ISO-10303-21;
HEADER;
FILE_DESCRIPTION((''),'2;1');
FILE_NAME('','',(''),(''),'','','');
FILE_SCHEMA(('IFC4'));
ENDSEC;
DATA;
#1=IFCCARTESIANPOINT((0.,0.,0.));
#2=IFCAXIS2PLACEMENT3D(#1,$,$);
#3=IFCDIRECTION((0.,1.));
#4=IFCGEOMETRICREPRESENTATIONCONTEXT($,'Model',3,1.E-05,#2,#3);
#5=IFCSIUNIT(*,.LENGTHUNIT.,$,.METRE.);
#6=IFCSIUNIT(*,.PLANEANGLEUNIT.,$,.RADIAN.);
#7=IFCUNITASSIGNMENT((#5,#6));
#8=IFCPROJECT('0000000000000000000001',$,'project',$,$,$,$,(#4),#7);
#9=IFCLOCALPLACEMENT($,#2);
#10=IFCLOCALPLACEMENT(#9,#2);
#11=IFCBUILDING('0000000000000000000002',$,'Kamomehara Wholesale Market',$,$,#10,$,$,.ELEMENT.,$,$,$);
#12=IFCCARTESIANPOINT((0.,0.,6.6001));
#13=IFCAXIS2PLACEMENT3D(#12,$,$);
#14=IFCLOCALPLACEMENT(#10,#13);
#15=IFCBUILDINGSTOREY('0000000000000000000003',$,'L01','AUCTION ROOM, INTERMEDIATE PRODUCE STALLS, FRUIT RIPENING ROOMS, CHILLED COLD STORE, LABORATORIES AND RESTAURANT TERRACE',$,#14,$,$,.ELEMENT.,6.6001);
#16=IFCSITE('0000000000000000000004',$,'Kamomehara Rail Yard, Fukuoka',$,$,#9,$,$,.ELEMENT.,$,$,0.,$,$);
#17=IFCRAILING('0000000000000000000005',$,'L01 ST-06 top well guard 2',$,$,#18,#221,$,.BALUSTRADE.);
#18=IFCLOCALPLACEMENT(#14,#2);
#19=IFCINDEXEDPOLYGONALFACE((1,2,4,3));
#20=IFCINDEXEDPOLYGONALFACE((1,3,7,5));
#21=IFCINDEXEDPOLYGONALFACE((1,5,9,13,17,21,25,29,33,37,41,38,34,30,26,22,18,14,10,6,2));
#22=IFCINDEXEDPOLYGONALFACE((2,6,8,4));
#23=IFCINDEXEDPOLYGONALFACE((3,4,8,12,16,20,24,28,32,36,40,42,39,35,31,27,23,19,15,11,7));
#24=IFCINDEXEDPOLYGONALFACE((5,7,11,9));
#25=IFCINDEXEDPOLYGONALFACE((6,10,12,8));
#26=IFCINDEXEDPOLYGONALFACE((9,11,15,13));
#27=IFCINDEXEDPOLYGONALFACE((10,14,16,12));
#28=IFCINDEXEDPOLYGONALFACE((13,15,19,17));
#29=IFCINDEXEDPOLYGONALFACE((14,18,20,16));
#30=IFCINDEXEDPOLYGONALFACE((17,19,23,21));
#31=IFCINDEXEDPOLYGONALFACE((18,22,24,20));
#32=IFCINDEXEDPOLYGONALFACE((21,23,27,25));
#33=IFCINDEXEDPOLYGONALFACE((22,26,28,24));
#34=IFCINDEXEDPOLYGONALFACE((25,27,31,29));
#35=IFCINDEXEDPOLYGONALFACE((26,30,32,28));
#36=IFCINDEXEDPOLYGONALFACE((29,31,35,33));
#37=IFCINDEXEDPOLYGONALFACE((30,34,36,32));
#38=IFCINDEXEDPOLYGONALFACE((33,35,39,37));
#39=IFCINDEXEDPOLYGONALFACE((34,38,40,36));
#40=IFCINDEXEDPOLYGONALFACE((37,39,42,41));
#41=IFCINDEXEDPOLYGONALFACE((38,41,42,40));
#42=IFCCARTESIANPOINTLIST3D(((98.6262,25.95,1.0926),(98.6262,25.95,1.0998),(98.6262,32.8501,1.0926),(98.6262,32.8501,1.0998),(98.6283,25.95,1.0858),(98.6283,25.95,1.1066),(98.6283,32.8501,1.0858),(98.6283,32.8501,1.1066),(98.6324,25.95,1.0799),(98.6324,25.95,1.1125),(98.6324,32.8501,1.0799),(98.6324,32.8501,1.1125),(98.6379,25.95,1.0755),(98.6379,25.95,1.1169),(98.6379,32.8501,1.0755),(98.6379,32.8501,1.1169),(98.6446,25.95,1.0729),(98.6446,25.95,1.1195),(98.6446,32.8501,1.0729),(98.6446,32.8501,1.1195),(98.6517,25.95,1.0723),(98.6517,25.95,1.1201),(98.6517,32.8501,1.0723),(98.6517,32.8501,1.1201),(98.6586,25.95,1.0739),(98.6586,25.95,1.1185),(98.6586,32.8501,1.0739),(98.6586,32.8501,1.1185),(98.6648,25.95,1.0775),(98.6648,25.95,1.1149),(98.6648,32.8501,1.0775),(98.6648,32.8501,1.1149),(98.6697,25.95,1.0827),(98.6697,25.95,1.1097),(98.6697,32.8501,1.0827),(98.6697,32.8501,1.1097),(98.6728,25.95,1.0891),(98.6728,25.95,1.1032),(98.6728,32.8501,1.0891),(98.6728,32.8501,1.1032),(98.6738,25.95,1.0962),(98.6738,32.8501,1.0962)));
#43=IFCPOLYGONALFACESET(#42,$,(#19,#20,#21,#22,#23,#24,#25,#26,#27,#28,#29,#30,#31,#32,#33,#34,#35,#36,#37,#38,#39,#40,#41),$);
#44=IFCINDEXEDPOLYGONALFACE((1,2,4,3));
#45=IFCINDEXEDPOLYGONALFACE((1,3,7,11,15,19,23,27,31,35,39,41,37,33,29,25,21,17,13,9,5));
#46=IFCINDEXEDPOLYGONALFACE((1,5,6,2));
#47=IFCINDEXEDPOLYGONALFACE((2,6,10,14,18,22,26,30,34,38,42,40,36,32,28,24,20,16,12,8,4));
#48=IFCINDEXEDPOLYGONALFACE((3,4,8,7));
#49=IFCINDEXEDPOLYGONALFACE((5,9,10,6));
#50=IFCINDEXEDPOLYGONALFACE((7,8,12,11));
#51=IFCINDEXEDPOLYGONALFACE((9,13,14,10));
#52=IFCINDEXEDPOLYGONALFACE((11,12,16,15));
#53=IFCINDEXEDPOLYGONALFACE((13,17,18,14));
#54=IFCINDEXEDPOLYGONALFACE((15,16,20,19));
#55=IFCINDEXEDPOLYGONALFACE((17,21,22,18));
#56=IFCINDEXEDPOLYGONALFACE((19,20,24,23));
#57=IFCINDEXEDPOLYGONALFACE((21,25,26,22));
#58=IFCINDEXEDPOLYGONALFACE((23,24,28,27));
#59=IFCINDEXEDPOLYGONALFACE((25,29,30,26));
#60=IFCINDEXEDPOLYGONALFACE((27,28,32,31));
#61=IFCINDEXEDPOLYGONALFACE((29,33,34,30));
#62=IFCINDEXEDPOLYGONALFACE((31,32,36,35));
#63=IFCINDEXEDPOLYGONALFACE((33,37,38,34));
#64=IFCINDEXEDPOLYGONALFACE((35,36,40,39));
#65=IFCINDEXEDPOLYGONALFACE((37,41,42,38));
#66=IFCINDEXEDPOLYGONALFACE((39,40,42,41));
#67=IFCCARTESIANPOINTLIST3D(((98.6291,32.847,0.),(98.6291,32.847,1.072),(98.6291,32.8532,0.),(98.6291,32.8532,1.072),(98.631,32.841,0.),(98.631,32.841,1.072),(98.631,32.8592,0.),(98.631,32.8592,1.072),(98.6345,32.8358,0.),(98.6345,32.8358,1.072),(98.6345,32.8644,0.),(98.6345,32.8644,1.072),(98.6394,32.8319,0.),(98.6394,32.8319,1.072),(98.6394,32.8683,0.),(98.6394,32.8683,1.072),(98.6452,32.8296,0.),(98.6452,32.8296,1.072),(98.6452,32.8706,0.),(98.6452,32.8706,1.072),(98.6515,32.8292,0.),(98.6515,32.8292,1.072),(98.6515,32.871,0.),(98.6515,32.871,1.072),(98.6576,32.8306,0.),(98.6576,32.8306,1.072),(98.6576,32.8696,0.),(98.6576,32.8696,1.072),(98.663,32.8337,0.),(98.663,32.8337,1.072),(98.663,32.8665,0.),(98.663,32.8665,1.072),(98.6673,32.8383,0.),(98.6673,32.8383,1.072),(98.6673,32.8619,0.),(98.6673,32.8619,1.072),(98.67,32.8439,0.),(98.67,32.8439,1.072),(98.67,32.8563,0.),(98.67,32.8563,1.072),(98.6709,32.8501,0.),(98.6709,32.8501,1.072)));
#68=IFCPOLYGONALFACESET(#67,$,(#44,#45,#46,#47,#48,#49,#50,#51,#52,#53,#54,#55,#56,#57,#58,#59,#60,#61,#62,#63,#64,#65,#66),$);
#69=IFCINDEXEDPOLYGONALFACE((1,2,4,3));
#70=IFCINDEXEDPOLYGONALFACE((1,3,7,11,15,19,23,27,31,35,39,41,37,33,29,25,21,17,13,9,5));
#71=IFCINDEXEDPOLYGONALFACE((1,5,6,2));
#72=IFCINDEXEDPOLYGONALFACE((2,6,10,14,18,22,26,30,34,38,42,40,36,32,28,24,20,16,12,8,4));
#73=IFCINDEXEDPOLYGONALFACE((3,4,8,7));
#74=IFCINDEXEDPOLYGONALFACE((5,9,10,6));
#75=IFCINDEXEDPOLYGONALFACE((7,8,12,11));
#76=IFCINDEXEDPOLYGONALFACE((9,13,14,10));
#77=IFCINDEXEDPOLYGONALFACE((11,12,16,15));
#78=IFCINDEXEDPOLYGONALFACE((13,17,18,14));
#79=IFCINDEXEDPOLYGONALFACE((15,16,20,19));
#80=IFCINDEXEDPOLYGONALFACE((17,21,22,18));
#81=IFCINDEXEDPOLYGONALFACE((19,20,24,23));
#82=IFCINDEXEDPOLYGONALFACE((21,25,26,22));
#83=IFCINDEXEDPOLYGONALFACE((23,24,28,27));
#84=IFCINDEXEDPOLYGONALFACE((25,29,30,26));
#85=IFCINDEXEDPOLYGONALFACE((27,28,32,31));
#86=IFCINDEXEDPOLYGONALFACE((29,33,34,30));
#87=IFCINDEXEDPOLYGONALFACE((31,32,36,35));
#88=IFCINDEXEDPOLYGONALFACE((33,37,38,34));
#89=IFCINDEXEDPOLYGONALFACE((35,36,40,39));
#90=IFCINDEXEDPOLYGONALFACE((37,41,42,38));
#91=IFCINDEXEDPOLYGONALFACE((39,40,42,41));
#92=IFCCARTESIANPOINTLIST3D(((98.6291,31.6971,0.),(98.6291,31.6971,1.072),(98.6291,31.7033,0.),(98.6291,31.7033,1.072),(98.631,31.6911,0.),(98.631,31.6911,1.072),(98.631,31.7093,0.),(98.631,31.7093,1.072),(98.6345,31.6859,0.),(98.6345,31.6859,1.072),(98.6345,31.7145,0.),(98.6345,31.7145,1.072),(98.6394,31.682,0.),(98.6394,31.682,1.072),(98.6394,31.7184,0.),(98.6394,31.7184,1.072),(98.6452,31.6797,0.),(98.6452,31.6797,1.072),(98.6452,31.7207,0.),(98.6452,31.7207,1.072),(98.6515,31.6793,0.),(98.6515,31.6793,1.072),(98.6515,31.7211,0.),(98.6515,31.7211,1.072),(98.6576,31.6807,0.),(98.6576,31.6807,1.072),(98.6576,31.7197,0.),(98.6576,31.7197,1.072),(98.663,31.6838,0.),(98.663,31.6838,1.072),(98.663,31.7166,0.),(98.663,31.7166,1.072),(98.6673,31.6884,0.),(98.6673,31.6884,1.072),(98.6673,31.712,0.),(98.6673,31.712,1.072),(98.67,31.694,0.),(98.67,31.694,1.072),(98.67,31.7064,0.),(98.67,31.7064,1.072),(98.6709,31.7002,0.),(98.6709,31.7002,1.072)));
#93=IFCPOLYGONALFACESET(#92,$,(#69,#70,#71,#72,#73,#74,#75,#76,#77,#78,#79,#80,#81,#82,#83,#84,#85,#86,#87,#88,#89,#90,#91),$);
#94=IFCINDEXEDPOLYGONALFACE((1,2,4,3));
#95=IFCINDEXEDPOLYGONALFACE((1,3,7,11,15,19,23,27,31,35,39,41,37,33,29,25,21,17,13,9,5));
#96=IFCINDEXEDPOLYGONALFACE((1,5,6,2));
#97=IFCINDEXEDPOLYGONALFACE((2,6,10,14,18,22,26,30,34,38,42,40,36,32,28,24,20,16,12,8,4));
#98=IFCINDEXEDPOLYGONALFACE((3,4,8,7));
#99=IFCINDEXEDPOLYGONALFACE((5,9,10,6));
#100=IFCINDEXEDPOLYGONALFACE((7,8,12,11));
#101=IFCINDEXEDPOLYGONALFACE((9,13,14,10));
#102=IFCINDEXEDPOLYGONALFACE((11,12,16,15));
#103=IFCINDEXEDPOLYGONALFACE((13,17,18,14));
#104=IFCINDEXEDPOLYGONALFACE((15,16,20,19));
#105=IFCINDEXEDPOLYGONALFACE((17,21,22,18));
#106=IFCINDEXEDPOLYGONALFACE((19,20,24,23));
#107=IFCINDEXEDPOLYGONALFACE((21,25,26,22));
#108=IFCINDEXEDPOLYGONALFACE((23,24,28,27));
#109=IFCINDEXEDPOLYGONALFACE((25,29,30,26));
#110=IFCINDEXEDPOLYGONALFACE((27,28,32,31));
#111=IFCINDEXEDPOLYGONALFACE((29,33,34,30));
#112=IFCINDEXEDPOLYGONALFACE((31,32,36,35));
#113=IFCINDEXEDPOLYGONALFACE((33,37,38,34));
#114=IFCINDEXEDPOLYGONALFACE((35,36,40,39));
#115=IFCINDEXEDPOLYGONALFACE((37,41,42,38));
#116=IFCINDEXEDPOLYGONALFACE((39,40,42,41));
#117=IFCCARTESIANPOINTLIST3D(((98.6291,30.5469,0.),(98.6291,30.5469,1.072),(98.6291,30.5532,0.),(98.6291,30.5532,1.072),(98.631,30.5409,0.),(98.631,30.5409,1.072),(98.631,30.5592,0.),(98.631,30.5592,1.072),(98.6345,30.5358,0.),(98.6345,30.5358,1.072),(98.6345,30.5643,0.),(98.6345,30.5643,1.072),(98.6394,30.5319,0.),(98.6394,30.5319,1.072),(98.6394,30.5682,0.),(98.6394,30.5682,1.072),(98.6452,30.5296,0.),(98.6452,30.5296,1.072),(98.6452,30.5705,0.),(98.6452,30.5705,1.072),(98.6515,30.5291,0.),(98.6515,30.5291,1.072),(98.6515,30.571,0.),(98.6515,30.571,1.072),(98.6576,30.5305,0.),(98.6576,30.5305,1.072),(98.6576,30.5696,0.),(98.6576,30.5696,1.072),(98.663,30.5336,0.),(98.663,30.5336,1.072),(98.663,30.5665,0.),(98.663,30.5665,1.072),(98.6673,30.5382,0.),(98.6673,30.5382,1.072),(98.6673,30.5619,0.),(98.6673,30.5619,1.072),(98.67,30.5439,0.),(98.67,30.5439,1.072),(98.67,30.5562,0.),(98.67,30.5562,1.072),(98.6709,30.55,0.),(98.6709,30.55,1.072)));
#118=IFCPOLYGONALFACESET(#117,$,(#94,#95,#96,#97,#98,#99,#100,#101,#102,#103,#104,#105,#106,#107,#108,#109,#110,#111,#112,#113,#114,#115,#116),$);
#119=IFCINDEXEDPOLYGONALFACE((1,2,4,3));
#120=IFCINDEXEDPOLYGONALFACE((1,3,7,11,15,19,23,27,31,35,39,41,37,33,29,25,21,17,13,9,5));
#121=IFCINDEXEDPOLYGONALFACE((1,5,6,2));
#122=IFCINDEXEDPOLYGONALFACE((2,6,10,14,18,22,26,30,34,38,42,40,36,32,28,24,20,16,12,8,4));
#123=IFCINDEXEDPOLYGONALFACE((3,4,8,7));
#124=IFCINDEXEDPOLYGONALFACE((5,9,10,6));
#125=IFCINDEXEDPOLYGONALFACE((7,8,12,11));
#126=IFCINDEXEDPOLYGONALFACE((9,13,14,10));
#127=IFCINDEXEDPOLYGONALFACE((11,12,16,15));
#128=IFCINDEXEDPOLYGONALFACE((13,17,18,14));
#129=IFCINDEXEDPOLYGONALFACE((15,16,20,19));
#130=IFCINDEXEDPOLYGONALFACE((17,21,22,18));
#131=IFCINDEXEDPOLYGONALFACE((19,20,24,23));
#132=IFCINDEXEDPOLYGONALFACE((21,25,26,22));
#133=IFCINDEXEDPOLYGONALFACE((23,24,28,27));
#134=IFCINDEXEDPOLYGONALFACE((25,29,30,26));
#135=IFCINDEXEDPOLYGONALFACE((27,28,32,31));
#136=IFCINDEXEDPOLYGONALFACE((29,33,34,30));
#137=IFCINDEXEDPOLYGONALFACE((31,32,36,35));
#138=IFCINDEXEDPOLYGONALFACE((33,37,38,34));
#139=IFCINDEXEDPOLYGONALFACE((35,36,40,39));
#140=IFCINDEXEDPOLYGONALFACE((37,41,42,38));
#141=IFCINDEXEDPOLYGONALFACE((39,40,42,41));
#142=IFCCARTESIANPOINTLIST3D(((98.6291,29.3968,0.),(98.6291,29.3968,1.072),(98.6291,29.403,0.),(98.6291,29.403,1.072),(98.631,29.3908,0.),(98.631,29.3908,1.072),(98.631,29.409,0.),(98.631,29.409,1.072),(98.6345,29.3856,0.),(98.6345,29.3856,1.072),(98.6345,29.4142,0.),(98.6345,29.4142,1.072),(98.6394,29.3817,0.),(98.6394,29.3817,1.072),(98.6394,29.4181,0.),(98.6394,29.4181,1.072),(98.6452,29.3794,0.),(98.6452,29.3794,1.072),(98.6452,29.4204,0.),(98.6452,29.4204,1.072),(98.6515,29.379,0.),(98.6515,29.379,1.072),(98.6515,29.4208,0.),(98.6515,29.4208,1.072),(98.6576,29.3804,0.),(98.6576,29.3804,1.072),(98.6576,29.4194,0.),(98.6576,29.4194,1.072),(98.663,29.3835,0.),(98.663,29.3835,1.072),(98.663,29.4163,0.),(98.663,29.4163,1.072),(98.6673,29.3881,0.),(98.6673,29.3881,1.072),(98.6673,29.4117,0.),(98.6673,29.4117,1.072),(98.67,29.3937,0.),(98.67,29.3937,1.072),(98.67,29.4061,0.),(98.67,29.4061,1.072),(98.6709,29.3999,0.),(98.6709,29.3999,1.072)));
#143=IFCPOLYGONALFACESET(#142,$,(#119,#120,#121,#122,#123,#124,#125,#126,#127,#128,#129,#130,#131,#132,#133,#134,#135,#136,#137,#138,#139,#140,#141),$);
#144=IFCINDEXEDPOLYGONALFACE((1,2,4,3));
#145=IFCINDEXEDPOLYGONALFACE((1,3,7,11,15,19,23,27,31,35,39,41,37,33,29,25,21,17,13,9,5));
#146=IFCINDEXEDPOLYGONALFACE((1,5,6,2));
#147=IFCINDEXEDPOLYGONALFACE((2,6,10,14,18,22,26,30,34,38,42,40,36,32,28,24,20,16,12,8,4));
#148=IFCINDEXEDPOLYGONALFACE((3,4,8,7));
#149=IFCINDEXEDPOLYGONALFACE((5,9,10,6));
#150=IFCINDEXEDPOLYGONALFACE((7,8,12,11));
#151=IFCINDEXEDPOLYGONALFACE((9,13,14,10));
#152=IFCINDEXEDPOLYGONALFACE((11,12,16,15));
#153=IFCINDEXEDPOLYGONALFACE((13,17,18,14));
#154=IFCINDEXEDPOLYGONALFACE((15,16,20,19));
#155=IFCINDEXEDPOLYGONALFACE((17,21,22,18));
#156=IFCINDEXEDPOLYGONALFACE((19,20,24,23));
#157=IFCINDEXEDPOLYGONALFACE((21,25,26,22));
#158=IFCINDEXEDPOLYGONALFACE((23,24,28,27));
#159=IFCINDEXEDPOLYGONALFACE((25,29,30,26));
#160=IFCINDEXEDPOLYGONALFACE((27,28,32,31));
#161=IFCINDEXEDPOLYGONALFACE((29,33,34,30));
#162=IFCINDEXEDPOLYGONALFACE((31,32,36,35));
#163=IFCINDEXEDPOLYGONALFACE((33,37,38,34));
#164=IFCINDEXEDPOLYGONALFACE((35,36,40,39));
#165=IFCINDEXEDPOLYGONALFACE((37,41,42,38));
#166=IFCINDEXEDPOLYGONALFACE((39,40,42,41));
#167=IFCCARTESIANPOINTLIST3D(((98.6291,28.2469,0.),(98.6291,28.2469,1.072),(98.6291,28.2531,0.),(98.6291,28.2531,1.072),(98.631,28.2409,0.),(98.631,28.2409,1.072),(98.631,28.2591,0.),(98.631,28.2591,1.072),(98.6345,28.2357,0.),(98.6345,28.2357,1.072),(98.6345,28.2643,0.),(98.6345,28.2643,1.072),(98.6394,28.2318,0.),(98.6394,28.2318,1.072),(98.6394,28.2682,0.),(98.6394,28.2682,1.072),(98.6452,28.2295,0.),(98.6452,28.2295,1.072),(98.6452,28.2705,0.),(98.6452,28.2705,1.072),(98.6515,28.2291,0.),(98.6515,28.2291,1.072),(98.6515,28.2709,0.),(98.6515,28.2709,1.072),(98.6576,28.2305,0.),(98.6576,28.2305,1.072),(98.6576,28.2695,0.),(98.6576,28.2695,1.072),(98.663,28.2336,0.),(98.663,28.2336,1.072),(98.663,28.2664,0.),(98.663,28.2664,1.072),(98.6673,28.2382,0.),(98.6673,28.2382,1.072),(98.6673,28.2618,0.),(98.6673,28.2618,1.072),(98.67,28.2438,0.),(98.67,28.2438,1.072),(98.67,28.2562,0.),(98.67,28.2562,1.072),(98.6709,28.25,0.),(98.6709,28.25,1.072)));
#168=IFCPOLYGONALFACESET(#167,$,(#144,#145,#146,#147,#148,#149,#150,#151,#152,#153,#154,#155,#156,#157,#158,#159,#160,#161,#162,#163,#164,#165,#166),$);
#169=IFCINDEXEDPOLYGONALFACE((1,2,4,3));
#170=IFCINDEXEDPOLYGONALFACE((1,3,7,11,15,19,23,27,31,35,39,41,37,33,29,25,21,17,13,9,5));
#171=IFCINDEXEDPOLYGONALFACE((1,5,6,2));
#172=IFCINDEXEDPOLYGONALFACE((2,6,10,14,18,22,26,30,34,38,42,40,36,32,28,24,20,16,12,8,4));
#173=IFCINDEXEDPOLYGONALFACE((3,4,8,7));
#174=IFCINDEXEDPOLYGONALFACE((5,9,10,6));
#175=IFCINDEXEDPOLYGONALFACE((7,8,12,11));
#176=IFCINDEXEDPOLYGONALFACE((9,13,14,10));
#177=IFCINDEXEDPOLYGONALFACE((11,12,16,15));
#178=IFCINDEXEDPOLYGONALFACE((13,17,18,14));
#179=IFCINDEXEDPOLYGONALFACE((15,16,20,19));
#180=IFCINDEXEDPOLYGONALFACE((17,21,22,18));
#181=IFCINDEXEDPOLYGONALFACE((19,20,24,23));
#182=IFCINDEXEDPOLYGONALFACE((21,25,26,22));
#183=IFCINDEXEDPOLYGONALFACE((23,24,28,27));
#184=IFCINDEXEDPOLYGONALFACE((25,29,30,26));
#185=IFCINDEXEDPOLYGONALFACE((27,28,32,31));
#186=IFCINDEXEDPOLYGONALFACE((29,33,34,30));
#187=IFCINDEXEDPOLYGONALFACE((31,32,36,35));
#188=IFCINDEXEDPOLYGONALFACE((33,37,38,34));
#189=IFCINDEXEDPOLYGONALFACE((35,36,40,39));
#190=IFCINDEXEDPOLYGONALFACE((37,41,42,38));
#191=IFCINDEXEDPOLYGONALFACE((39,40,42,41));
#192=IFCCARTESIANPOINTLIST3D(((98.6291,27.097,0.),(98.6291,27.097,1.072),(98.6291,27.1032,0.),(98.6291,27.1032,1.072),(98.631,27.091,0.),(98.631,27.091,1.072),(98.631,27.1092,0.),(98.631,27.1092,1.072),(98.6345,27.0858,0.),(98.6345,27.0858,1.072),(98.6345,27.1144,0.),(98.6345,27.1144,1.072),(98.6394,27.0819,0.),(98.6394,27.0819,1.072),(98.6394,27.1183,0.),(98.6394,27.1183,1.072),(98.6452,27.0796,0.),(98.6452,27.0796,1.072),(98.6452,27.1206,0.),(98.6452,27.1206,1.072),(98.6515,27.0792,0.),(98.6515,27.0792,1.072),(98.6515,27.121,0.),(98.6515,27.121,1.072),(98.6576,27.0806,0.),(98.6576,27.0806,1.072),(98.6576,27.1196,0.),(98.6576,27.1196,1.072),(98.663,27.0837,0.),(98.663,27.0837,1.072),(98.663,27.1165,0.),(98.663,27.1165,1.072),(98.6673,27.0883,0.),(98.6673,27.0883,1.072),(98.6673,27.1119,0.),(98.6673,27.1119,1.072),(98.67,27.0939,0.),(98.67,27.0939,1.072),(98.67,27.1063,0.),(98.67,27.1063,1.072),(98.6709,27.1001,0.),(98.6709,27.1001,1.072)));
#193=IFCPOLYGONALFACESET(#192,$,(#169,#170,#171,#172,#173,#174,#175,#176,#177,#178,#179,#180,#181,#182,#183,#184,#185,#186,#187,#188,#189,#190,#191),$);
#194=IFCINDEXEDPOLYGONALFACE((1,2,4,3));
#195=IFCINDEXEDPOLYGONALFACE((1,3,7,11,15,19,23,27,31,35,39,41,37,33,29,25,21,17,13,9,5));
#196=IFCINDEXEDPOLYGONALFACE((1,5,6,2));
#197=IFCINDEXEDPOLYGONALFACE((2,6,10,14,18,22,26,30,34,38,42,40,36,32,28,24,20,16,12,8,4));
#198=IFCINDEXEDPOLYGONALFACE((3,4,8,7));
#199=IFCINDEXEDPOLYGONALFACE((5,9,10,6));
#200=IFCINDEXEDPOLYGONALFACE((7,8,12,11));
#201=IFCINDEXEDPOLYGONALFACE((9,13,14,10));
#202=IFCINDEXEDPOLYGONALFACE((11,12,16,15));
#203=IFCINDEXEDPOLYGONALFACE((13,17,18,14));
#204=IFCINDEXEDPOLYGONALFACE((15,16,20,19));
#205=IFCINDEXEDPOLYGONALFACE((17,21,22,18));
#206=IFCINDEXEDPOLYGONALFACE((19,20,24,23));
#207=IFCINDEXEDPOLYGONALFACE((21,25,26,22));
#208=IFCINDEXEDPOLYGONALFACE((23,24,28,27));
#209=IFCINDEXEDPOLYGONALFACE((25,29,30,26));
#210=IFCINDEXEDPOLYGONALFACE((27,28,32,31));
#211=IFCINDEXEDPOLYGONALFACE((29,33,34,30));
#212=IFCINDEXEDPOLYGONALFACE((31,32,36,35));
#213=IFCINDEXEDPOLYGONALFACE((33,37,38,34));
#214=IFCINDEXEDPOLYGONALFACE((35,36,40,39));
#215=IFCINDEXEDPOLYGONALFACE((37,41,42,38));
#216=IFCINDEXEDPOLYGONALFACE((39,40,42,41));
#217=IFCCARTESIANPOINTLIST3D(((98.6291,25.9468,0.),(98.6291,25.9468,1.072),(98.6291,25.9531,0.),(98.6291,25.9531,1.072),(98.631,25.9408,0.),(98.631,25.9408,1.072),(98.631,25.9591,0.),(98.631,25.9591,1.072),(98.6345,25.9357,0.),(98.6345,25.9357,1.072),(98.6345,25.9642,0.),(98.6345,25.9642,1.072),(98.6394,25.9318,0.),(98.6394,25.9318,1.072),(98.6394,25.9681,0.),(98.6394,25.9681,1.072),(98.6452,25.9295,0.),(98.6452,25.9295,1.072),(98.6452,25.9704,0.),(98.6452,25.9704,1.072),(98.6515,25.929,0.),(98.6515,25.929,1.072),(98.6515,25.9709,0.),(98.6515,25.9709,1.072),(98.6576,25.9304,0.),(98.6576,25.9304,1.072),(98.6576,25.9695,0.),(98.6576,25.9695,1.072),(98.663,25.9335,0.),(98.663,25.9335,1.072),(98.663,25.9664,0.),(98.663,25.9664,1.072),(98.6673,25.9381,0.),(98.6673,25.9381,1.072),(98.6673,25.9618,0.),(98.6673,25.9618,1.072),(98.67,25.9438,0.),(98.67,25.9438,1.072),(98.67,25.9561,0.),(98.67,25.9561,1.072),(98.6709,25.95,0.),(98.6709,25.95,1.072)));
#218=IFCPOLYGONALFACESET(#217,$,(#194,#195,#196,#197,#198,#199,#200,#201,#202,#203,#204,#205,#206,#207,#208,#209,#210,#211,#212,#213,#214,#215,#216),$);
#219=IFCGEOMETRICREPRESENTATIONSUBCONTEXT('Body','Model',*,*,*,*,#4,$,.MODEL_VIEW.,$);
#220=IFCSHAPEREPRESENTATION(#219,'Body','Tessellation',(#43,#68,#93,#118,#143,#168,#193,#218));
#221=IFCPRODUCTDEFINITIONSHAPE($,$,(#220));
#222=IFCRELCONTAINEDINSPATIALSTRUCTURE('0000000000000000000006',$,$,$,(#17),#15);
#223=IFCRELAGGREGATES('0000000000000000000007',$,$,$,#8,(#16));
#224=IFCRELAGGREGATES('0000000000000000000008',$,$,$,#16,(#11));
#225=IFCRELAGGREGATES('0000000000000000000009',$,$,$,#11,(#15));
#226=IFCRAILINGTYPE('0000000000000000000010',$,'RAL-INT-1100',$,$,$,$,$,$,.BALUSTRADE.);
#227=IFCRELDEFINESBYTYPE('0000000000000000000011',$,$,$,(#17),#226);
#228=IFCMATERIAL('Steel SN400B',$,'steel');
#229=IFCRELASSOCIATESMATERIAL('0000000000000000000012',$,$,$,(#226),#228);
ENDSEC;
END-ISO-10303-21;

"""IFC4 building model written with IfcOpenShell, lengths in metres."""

from ifc_helpers import new_model, si_unit, direction, frame, origin, origin_2d, place, context, subcontext, project, spatial, circle, extrude, material, type_object, element, save


model = new_model("IFC4")

# Units and contexts
model_context = context("Model", 3, precision=1e-05, world=origin(), true_north=direction((0.0, 1.0)))
body_context = subcontext(model_context, "Body", "Model", "MODEL_VIEW")
ifc_project = project(units=[si_unit("LENGTHUNIT", "METRE"), si_unit("PLANEANGLEUNIT", "RADIAN")], contexts=[model_context])

# Site, building, storey
site_placement = place(None, origin())
site = spatial("IfcSite", under=ifc_project, at=site_placement, Name="Kamomehara Rail Yard, Fukuoka", CompositionType="ELEMENT", RefElevation=0.0)
building_placement = place(site_placement, origin())
building = spatial("IfcBuilding", under=site, at=building_placement, Name="Kamomehara Wholesale Market", CompositionType="ELEMENT")
storey_placement = place(building_placement, frame((0.0, 0.0, 6.6001)))
storey = spatial("IfcBuildingStorey", under=building, at=storey_placement, Name="L01", Description="AUCTION ROOM, INTERMEDIATE PRODUCE STALLS, FRUIT RIPENING ROOMS, CHILLED COLD STORE, LABORATORIES AND RESTAURANT TERRACE", CompositionType="ELEMENT", Elevation=6.6001)

# Railing
ifc_material_1 = material(Name="Steel SN400B", Category="steel")
railing_type = type_object("IfcRailingType", Name="RAL-INT-1100", PredefinedType="BALUSTRADE", material=ifc_material_1)
railing_1_placement = place(storey_placement, frame((98.6499, 32.8501, 0.0)))
element("IfcRailing", 1, at=railing_1_placement, inside=storey, type_object=railing_type, Name="L01 ST-06 top well guard 2", PredefinedType="BALUSTRADE", context=body_context, shape_type="SweptSolid", body=[
    extrude(circle(Radius=0.0239, at=origin_2d()), frame((0.0, 0.0, 1.0962), z_axis=(0.0, -1.0, 0.0), x_axis=(1.0, 0.0, 0.0)), (0.0, 0.0, 1.0), 6.9001),
    extrude(circle(Radius=0.021, at=origin_2d()), origin(), (0.0, 0.0, 1.0), 1.072),
    extrude(circle(Radius=0.021, at=origin_2d()), frame((0.0, -1.1499, 0.0)), (0.0, 0.0, 1.0), 1.072),
    extrude(circle(Radius=0.021, at=origin_2d()), frame((0.0, -2.3, 0.0)), (0.0, 0.0, 1.0), 1.072),
    extrude(circle(Radius=0.021, at=origin_2d()), frame((0.0, -3.4502, 0.0)), (0.0, 0.0, 1.0), 1.072),
    extrude(circle(Radius=0.021, at=origin_2d()), frame((0.0, -4.6001, 0.0)), (0.0, 0.0, 1.0), 1.072),
    extrude(circle(Radius=0.021, at=origin_2d()), frame((0.0, -5.75, 0.0)), (0.0, 0.0, 1.0), 1.072),
    extrude(circle(Radius=0.021, at=origin_2d()), frame((0.0, -6.9001, 0.0)), (0.0, 0.0, 1.0), 1.072),
])

save(model, "model.ifc")
